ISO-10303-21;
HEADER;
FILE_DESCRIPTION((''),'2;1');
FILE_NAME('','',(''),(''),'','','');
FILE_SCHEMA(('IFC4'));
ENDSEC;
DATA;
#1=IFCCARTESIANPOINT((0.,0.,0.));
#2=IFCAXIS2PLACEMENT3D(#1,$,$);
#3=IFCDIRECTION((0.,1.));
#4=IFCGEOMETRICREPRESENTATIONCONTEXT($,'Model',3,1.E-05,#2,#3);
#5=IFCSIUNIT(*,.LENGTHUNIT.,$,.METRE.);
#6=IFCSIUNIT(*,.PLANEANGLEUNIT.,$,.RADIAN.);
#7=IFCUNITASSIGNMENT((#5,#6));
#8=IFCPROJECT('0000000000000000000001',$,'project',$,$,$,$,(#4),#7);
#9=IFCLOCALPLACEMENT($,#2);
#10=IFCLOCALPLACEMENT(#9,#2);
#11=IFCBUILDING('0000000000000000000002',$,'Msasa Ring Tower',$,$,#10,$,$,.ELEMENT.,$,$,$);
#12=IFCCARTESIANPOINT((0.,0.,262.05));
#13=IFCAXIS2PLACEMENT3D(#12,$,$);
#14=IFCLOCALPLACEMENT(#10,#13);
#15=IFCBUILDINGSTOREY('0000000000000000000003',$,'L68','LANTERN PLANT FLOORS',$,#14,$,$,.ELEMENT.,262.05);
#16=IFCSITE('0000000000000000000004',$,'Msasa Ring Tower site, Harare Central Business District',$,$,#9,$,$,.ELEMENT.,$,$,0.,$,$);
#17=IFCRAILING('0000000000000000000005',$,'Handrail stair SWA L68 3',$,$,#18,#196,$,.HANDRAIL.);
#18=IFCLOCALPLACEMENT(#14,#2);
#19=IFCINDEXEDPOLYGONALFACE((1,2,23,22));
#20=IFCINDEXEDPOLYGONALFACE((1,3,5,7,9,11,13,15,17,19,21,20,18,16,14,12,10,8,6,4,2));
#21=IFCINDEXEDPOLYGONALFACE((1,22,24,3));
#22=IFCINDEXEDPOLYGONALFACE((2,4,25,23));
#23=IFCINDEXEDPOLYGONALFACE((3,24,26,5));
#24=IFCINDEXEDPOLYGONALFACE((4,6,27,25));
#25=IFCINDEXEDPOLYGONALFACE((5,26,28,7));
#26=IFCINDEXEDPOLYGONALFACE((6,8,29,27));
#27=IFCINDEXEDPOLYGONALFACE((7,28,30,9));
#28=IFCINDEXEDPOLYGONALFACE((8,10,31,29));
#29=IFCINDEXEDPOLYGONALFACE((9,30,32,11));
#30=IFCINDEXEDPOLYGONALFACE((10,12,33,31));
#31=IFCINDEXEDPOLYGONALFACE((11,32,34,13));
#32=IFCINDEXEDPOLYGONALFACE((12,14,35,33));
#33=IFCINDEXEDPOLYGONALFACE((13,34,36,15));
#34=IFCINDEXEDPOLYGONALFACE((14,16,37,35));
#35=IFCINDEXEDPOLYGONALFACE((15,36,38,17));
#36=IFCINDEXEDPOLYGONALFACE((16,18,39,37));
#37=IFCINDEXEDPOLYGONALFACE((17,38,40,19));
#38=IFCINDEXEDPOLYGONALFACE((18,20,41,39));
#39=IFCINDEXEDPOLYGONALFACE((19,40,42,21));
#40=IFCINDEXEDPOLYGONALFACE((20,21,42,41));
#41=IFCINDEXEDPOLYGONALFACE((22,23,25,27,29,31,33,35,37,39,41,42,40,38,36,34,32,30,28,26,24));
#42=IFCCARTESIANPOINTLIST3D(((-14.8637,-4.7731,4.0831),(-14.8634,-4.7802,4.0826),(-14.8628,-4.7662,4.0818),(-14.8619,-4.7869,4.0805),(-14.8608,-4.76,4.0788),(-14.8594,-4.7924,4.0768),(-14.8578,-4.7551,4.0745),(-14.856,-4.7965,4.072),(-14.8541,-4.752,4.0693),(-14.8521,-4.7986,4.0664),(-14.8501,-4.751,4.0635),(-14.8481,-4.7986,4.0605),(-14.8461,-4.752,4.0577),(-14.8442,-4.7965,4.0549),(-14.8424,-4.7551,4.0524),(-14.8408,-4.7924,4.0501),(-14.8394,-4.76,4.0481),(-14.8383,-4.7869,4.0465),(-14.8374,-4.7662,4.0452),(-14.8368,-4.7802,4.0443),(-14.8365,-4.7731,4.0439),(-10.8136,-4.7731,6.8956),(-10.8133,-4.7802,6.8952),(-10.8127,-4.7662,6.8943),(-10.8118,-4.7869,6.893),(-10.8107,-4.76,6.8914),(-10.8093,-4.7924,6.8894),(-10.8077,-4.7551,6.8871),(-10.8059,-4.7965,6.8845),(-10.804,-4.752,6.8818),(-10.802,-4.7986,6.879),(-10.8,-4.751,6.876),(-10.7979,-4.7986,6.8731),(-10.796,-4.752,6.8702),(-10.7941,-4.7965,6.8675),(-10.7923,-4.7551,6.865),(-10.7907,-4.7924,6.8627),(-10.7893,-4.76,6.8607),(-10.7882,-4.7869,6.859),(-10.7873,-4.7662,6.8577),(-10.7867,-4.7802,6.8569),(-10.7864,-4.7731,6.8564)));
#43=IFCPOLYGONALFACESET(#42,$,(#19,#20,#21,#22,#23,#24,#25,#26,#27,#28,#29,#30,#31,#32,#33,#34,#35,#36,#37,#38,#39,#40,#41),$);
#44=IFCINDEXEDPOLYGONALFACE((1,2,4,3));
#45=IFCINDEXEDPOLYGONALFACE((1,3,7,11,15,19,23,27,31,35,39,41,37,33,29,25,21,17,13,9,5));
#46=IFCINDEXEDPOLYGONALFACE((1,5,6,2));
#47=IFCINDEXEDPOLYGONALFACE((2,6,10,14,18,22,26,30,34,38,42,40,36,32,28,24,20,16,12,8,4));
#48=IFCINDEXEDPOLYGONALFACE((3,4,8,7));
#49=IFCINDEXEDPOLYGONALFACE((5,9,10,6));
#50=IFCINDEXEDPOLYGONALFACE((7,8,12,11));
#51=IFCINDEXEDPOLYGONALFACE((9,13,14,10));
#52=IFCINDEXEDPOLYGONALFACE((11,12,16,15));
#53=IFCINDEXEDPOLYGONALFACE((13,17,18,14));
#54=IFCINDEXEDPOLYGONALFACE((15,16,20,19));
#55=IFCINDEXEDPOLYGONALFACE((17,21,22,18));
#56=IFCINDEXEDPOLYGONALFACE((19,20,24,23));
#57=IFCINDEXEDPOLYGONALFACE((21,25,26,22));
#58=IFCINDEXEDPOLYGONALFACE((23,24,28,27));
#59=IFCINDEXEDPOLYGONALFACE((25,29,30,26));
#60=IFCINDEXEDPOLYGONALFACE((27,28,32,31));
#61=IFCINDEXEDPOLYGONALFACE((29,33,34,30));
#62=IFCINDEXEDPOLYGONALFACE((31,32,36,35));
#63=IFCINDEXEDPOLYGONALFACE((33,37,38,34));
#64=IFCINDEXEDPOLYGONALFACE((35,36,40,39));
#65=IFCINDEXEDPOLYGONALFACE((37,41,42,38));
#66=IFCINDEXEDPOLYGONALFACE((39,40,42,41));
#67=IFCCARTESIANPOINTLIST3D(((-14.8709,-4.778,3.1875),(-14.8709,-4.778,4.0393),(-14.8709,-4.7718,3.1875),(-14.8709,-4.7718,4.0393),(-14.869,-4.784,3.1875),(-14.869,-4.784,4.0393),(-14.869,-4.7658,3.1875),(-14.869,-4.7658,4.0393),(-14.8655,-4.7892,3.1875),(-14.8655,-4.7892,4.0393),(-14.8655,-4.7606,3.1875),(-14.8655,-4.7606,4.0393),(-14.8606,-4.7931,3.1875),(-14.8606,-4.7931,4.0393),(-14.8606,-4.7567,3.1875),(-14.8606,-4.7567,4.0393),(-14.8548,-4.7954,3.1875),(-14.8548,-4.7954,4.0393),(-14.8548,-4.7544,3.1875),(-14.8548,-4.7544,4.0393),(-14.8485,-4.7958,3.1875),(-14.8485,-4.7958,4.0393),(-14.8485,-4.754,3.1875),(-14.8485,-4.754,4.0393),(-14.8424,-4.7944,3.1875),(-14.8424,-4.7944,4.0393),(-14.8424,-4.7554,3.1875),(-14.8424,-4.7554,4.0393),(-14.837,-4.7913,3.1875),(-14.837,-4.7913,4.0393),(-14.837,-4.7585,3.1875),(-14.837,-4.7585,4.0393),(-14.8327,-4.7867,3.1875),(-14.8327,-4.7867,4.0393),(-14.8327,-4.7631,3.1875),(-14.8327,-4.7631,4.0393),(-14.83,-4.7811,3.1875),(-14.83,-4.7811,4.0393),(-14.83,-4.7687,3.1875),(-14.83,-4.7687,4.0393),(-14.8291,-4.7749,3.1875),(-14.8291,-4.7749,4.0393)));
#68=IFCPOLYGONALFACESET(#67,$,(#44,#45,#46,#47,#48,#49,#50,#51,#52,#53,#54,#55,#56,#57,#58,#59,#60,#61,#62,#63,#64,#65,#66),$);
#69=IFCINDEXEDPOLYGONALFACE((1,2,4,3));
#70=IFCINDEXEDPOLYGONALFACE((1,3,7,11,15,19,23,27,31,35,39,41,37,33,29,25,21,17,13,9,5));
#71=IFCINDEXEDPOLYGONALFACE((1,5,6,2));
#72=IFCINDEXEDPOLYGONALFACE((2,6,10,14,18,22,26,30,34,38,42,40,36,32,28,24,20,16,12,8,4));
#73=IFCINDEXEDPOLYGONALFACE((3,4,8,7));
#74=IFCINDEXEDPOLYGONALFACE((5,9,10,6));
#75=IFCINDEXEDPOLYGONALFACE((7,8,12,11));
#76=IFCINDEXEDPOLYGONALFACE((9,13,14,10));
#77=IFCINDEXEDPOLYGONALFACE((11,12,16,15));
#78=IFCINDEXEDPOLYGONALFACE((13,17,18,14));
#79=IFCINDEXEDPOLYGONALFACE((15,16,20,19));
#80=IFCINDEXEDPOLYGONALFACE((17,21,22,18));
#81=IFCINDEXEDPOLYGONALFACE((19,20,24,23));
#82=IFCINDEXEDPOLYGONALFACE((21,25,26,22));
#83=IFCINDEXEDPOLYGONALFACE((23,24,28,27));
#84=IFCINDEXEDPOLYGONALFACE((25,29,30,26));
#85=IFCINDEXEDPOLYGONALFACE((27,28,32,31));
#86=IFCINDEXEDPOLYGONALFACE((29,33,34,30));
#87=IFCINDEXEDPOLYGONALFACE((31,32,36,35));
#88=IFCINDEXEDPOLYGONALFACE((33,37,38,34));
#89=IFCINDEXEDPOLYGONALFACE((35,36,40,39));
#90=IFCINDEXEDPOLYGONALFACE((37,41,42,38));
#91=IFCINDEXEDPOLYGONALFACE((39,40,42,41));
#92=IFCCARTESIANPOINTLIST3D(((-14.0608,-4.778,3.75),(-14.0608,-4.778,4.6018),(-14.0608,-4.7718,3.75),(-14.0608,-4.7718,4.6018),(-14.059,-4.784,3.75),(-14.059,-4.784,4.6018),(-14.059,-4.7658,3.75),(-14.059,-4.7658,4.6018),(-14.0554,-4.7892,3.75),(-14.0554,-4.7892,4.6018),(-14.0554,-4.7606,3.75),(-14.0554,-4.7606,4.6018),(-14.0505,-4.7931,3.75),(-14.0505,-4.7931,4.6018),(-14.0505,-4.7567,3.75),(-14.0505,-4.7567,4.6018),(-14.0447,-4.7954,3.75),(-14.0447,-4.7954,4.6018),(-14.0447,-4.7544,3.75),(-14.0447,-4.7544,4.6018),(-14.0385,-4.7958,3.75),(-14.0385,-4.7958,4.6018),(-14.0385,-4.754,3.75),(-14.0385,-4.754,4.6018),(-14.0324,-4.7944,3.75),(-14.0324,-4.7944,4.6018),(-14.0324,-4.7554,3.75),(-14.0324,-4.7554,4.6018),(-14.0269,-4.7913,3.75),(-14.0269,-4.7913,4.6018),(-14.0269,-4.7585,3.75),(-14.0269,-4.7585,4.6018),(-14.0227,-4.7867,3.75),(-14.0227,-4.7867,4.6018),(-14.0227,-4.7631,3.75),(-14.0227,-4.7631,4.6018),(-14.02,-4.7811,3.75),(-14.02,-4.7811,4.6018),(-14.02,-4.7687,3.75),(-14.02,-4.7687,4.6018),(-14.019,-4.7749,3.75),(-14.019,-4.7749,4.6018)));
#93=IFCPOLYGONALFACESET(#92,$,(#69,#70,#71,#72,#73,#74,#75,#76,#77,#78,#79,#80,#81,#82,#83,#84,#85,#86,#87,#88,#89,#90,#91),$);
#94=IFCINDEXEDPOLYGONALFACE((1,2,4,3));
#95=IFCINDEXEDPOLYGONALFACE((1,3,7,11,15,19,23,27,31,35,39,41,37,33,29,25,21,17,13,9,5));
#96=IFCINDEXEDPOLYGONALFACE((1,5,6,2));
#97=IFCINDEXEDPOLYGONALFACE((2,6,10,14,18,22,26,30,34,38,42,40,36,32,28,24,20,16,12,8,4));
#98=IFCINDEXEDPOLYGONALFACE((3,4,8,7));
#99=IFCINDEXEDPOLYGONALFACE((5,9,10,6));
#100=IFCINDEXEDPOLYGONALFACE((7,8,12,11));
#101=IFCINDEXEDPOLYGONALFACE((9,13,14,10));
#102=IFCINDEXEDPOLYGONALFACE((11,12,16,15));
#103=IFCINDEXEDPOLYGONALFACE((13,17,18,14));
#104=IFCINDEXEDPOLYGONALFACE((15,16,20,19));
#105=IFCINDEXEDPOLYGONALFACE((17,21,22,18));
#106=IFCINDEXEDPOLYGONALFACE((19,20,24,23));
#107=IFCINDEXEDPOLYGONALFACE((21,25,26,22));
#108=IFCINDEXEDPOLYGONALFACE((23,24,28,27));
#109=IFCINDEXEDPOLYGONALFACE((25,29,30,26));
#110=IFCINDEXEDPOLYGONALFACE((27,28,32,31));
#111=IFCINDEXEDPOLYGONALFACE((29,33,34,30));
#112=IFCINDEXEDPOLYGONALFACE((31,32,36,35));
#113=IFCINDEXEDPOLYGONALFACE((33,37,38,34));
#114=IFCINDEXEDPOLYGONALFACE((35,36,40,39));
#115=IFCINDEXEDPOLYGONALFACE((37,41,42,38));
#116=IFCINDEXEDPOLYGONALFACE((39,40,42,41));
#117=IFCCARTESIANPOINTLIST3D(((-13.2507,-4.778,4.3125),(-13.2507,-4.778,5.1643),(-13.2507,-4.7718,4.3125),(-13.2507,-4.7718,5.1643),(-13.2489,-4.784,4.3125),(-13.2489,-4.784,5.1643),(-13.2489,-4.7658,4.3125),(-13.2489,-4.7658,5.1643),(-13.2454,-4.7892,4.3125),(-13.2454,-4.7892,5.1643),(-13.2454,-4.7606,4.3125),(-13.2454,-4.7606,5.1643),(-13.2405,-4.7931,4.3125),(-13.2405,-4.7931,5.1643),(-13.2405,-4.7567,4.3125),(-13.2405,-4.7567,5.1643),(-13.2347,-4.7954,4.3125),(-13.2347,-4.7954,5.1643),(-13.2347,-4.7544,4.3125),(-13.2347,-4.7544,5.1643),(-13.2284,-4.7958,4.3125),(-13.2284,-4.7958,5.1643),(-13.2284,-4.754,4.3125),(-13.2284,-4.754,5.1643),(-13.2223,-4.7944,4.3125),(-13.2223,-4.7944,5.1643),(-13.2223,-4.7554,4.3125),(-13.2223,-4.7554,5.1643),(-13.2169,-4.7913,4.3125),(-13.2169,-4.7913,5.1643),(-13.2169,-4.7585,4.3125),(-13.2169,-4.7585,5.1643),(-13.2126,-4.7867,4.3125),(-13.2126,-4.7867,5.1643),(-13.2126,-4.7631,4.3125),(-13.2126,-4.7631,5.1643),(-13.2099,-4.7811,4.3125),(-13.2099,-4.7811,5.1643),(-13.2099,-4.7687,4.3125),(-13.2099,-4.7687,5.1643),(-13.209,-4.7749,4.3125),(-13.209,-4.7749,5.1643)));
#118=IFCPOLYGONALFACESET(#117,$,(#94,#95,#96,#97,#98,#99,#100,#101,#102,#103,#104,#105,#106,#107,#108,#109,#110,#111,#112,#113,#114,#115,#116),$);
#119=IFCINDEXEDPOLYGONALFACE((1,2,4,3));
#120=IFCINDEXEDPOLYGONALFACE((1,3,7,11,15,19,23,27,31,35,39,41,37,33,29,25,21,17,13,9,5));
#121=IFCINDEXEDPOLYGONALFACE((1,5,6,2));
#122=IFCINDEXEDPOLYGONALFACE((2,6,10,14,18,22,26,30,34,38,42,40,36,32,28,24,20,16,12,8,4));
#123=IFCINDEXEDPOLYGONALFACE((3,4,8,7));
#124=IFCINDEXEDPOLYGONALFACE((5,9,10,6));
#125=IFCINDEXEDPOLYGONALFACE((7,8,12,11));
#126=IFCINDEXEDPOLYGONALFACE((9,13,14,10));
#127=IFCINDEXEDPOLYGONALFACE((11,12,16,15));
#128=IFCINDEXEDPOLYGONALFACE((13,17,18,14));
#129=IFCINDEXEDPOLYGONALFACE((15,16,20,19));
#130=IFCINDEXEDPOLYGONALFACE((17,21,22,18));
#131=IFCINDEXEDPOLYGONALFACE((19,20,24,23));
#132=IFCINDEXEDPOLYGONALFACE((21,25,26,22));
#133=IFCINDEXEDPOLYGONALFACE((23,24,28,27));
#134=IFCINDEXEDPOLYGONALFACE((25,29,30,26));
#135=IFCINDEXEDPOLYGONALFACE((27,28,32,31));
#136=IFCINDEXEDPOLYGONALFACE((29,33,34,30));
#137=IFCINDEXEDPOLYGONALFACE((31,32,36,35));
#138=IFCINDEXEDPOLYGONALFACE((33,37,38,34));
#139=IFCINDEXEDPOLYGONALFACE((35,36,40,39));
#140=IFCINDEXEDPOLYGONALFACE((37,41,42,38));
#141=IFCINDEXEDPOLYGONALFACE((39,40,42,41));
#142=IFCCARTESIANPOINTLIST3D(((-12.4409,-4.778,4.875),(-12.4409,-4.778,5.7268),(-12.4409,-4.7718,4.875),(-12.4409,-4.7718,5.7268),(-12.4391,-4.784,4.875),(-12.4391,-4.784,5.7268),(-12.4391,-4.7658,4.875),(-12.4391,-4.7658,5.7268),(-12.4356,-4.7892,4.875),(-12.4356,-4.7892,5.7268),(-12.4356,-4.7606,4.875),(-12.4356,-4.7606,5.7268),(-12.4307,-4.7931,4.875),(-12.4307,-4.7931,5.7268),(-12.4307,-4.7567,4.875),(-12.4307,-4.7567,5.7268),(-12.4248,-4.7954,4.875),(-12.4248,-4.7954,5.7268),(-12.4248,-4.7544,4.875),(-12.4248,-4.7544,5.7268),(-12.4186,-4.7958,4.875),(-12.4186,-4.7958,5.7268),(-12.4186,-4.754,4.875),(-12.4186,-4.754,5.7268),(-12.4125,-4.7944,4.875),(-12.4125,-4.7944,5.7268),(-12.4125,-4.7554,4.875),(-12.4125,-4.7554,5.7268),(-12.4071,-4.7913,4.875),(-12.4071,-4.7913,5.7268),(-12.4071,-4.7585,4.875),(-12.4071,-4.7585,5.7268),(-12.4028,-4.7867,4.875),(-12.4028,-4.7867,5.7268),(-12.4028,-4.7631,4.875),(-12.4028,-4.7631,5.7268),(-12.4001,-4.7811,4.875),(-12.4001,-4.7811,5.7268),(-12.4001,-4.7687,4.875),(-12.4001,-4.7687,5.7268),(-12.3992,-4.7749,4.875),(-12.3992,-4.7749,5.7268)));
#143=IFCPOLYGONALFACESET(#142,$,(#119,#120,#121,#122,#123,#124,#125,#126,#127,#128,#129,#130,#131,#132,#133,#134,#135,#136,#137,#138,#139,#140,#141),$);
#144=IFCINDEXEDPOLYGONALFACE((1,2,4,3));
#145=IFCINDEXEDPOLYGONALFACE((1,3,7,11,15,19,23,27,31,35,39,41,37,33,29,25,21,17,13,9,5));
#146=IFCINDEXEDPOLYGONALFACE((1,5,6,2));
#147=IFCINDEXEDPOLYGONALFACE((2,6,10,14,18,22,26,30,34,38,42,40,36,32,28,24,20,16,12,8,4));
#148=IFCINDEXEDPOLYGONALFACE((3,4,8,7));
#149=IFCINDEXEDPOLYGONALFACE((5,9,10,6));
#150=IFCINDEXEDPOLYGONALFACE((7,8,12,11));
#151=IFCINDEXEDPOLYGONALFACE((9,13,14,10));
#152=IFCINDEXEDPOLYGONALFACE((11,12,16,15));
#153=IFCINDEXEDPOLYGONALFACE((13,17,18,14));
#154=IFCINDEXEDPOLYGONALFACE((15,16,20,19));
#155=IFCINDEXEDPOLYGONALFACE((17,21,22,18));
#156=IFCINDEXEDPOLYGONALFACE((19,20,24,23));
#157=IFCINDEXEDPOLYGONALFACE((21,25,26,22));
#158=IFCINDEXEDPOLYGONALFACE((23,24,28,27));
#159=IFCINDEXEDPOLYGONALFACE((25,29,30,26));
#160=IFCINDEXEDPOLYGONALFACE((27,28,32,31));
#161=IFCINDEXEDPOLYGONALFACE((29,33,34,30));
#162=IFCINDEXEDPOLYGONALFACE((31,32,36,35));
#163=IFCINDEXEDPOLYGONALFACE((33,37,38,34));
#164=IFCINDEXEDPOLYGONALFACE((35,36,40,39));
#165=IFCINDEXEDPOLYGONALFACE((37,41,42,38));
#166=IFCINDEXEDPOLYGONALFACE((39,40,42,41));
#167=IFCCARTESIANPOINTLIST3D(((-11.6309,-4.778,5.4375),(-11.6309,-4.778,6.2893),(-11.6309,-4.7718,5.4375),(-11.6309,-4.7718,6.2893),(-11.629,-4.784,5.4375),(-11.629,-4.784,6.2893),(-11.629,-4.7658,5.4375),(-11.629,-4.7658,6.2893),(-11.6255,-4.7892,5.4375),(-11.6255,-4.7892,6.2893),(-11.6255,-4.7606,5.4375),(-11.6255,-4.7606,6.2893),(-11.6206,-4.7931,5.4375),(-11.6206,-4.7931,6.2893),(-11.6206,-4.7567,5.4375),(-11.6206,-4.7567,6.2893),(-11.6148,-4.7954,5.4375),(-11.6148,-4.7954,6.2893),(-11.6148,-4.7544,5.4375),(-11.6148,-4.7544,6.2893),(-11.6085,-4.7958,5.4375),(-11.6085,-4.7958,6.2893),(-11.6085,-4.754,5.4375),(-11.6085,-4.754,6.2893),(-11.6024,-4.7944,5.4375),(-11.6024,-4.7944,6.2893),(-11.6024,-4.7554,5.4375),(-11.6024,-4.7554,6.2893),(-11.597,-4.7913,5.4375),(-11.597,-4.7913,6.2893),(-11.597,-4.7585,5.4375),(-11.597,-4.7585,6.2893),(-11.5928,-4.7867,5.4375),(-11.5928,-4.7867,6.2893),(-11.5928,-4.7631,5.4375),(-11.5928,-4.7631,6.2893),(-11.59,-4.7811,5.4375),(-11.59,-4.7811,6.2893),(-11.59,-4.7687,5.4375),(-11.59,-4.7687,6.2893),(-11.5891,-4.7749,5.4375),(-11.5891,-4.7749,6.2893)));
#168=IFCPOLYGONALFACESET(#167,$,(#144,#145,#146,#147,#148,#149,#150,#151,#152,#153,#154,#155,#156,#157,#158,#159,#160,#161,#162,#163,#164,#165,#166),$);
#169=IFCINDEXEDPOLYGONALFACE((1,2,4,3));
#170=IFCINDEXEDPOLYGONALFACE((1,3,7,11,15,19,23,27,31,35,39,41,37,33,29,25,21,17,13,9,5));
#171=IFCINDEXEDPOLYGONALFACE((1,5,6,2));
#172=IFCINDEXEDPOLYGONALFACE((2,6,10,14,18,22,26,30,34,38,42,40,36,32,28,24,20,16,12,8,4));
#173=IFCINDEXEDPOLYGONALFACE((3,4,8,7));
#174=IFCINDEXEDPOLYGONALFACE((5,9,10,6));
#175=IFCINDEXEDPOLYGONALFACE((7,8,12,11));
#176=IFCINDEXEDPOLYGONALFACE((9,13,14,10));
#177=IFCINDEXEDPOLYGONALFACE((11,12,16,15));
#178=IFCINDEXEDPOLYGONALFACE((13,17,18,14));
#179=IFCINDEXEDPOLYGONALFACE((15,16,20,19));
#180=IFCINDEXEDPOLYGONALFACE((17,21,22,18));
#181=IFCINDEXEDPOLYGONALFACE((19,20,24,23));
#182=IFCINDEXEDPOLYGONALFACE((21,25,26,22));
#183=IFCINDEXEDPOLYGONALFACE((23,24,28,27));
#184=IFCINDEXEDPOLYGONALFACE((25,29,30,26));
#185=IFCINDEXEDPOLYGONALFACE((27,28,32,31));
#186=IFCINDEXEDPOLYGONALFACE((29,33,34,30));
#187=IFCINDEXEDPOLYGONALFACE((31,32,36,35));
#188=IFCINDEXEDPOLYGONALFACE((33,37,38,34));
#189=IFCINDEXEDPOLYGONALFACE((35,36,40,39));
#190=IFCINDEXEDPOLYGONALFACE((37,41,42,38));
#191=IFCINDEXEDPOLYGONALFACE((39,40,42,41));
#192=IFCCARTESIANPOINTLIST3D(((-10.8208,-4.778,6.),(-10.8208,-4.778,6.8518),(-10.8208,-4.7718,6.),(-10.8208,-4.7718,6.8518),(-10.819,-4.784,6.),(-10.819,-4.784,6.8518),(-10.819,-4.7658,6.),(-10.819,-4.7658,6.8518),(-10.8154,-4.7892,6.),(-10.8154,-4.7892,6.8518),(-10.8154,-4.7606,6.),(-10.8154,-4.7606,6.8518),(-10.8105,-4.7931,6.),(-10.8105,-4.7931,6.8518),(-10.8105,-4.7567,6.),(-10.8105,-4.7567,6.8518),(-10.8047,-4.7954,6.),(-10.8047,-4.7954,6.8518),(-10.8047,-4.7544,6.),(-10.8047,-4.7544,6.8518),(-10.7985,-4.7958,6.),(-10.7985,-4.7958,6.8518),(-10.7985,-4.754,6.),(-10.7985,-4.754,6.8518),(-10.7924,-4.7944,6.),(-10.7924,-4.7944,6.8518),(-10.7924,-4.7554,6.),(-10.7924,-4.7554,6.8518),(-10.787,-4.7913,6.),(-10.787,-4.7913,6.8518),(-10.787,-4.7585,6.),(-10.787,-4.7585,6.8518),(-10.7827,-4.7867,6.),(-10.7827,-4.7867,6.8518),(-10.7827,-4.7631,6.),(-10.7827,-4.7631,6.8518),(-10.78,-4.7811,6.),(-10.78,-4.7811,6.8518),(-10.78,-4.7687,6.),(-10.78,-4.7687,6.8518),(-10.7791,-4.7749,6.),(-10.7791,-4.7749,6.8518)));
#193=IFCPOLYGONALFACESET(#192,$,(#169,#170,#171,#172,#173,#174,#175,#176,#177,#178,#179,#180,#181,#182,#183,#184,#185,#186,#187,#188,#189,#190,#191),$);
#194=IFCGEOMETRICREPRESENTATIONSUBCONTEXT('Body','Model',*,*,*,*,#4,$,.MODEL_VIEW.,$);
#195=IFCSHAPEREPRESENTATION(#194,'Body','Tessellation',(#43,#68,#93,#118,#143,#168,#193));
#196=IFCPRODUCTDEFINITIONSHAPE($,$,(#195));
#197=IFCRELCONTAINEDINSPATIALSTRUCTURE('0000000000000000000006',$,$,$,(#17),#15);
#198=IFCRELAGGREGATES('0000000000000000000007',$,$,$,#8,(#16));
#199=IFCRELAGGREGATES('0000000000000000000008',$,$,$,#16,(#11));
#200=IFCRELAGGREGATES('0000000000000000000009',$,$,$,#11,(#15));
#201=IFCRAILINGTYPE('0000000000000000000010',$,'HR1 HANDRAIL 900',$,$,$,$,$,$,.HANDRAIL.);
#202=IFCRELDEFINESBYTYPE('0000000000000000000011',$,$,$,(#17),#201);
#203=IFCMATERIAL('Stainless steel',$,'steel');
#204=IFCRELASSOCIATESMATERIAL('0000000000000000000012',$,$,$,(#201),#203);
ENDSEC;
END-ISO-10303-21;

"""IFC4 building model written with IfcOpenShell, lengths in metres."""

from ifc_helpers import new_model, si_unit, direction, frame, origin, origin_2d, place, context, subcontext, project, spatial, circle, extrude, material, type_object, element, save


model = new_model("IFC4")

# Units and contexts
model_context = context("Model", 3, precision=1e-05, world=origin(), true_north=direction((0.0, 1.0)))
body_context = subcontext(model_context, "Body", "Model", "MODEL_VIEW")
ifc_project = project(units=[si_unit("LENGTHUNIT", "METRE"), si_unit("PLANEANGLEUNIT", "RADIAN")], contexts=[model_context])

# Site, building, storey
site_placement = place(None, origin())
site = spatial("IfcSite", under=ifc_project, at=site_placement, Name="Msasa Ring Tower site, Harare Central Business District", CompositionType="ELEMENT", RefElevation=0.0)
building_placement = place(site_placement, origin())
building = spatial("IfcBuilding", under=site, at=building_placement, Name="Msasa Ring Tower", CompositionType="ELEMENT")
storey_placement = place(building_placement, frame((0.0, 0.0, 262.05)))
storey = spatial("IfcBuildingStorey", under=building, at=storey_placement, Name="L68", Description="LANTERN PLANT FLOORS", CompositionType="ELEMENT", Elevation=262.05)

# Railing
ifc_material_1 = material(Name="Stainless steel", Category="steel")
railing_type = type_object("IfcRailingType", Name="HR1 HANDRAIL 900", PredefinedType="HANDRAIL", material=ifc_material_1)
for number, where, name in (
    (1, (-14.8501, -4.7749, 3.1875), "Handrail stair SWA L68 3"),
):
    element("IfcRailing", number, at=place(storey_placement, frame(where)), inside=storey, type_object=railing_type, Name=name, PredefinedType="HANDRAIL", context=body_context, shape_type="SweptSolid", body=[
        extrude(circle(Radius=0.0239, at=origin_2d()), frame((0.0, 0.0, 0.876), z_axis=(0.821373, 0.0, 0.570391), x_axis=(0.0, 1.0, 0.0)), (0.0, 0.0, 1.0), 4.9309),
        extrude(circle(Radius=0.021, at=origin_2d()), origin(), (0.0, 0.0, 1.0), 0.8518),
        extrude(circle(Radius=0.021, at=origin_2d()), frame((0.8101, 0.0, 0.5625)), (0.0, 0.0, 1.0), 0.8518),
        extrude(circle(Radius=0.021, at=origin_2d()), frame((1.6201, 0.0, 1.125)), (0.0, 0.0, 1.0), 0.8518),
        extrude(circle(Radius=0.021, at=origin_2d()), frame((2.4299, 0.0, 1.6875)), (0.0, 0.0, 1.0), 0.8518),
        extrude(circle(Radius=0.021, at=origin_2d()), frame((3.24, 0.0, 2.25)), (0.0, 0.0, 1.0), 0.8518),
        extrude(circle(Radius=0.021, at=origin_2d()), frame((4.05, 0.0, 2.8125)), (0.0, 0.0, 1.0), 0.8518),
    ])

save(model, "model.ifc")
